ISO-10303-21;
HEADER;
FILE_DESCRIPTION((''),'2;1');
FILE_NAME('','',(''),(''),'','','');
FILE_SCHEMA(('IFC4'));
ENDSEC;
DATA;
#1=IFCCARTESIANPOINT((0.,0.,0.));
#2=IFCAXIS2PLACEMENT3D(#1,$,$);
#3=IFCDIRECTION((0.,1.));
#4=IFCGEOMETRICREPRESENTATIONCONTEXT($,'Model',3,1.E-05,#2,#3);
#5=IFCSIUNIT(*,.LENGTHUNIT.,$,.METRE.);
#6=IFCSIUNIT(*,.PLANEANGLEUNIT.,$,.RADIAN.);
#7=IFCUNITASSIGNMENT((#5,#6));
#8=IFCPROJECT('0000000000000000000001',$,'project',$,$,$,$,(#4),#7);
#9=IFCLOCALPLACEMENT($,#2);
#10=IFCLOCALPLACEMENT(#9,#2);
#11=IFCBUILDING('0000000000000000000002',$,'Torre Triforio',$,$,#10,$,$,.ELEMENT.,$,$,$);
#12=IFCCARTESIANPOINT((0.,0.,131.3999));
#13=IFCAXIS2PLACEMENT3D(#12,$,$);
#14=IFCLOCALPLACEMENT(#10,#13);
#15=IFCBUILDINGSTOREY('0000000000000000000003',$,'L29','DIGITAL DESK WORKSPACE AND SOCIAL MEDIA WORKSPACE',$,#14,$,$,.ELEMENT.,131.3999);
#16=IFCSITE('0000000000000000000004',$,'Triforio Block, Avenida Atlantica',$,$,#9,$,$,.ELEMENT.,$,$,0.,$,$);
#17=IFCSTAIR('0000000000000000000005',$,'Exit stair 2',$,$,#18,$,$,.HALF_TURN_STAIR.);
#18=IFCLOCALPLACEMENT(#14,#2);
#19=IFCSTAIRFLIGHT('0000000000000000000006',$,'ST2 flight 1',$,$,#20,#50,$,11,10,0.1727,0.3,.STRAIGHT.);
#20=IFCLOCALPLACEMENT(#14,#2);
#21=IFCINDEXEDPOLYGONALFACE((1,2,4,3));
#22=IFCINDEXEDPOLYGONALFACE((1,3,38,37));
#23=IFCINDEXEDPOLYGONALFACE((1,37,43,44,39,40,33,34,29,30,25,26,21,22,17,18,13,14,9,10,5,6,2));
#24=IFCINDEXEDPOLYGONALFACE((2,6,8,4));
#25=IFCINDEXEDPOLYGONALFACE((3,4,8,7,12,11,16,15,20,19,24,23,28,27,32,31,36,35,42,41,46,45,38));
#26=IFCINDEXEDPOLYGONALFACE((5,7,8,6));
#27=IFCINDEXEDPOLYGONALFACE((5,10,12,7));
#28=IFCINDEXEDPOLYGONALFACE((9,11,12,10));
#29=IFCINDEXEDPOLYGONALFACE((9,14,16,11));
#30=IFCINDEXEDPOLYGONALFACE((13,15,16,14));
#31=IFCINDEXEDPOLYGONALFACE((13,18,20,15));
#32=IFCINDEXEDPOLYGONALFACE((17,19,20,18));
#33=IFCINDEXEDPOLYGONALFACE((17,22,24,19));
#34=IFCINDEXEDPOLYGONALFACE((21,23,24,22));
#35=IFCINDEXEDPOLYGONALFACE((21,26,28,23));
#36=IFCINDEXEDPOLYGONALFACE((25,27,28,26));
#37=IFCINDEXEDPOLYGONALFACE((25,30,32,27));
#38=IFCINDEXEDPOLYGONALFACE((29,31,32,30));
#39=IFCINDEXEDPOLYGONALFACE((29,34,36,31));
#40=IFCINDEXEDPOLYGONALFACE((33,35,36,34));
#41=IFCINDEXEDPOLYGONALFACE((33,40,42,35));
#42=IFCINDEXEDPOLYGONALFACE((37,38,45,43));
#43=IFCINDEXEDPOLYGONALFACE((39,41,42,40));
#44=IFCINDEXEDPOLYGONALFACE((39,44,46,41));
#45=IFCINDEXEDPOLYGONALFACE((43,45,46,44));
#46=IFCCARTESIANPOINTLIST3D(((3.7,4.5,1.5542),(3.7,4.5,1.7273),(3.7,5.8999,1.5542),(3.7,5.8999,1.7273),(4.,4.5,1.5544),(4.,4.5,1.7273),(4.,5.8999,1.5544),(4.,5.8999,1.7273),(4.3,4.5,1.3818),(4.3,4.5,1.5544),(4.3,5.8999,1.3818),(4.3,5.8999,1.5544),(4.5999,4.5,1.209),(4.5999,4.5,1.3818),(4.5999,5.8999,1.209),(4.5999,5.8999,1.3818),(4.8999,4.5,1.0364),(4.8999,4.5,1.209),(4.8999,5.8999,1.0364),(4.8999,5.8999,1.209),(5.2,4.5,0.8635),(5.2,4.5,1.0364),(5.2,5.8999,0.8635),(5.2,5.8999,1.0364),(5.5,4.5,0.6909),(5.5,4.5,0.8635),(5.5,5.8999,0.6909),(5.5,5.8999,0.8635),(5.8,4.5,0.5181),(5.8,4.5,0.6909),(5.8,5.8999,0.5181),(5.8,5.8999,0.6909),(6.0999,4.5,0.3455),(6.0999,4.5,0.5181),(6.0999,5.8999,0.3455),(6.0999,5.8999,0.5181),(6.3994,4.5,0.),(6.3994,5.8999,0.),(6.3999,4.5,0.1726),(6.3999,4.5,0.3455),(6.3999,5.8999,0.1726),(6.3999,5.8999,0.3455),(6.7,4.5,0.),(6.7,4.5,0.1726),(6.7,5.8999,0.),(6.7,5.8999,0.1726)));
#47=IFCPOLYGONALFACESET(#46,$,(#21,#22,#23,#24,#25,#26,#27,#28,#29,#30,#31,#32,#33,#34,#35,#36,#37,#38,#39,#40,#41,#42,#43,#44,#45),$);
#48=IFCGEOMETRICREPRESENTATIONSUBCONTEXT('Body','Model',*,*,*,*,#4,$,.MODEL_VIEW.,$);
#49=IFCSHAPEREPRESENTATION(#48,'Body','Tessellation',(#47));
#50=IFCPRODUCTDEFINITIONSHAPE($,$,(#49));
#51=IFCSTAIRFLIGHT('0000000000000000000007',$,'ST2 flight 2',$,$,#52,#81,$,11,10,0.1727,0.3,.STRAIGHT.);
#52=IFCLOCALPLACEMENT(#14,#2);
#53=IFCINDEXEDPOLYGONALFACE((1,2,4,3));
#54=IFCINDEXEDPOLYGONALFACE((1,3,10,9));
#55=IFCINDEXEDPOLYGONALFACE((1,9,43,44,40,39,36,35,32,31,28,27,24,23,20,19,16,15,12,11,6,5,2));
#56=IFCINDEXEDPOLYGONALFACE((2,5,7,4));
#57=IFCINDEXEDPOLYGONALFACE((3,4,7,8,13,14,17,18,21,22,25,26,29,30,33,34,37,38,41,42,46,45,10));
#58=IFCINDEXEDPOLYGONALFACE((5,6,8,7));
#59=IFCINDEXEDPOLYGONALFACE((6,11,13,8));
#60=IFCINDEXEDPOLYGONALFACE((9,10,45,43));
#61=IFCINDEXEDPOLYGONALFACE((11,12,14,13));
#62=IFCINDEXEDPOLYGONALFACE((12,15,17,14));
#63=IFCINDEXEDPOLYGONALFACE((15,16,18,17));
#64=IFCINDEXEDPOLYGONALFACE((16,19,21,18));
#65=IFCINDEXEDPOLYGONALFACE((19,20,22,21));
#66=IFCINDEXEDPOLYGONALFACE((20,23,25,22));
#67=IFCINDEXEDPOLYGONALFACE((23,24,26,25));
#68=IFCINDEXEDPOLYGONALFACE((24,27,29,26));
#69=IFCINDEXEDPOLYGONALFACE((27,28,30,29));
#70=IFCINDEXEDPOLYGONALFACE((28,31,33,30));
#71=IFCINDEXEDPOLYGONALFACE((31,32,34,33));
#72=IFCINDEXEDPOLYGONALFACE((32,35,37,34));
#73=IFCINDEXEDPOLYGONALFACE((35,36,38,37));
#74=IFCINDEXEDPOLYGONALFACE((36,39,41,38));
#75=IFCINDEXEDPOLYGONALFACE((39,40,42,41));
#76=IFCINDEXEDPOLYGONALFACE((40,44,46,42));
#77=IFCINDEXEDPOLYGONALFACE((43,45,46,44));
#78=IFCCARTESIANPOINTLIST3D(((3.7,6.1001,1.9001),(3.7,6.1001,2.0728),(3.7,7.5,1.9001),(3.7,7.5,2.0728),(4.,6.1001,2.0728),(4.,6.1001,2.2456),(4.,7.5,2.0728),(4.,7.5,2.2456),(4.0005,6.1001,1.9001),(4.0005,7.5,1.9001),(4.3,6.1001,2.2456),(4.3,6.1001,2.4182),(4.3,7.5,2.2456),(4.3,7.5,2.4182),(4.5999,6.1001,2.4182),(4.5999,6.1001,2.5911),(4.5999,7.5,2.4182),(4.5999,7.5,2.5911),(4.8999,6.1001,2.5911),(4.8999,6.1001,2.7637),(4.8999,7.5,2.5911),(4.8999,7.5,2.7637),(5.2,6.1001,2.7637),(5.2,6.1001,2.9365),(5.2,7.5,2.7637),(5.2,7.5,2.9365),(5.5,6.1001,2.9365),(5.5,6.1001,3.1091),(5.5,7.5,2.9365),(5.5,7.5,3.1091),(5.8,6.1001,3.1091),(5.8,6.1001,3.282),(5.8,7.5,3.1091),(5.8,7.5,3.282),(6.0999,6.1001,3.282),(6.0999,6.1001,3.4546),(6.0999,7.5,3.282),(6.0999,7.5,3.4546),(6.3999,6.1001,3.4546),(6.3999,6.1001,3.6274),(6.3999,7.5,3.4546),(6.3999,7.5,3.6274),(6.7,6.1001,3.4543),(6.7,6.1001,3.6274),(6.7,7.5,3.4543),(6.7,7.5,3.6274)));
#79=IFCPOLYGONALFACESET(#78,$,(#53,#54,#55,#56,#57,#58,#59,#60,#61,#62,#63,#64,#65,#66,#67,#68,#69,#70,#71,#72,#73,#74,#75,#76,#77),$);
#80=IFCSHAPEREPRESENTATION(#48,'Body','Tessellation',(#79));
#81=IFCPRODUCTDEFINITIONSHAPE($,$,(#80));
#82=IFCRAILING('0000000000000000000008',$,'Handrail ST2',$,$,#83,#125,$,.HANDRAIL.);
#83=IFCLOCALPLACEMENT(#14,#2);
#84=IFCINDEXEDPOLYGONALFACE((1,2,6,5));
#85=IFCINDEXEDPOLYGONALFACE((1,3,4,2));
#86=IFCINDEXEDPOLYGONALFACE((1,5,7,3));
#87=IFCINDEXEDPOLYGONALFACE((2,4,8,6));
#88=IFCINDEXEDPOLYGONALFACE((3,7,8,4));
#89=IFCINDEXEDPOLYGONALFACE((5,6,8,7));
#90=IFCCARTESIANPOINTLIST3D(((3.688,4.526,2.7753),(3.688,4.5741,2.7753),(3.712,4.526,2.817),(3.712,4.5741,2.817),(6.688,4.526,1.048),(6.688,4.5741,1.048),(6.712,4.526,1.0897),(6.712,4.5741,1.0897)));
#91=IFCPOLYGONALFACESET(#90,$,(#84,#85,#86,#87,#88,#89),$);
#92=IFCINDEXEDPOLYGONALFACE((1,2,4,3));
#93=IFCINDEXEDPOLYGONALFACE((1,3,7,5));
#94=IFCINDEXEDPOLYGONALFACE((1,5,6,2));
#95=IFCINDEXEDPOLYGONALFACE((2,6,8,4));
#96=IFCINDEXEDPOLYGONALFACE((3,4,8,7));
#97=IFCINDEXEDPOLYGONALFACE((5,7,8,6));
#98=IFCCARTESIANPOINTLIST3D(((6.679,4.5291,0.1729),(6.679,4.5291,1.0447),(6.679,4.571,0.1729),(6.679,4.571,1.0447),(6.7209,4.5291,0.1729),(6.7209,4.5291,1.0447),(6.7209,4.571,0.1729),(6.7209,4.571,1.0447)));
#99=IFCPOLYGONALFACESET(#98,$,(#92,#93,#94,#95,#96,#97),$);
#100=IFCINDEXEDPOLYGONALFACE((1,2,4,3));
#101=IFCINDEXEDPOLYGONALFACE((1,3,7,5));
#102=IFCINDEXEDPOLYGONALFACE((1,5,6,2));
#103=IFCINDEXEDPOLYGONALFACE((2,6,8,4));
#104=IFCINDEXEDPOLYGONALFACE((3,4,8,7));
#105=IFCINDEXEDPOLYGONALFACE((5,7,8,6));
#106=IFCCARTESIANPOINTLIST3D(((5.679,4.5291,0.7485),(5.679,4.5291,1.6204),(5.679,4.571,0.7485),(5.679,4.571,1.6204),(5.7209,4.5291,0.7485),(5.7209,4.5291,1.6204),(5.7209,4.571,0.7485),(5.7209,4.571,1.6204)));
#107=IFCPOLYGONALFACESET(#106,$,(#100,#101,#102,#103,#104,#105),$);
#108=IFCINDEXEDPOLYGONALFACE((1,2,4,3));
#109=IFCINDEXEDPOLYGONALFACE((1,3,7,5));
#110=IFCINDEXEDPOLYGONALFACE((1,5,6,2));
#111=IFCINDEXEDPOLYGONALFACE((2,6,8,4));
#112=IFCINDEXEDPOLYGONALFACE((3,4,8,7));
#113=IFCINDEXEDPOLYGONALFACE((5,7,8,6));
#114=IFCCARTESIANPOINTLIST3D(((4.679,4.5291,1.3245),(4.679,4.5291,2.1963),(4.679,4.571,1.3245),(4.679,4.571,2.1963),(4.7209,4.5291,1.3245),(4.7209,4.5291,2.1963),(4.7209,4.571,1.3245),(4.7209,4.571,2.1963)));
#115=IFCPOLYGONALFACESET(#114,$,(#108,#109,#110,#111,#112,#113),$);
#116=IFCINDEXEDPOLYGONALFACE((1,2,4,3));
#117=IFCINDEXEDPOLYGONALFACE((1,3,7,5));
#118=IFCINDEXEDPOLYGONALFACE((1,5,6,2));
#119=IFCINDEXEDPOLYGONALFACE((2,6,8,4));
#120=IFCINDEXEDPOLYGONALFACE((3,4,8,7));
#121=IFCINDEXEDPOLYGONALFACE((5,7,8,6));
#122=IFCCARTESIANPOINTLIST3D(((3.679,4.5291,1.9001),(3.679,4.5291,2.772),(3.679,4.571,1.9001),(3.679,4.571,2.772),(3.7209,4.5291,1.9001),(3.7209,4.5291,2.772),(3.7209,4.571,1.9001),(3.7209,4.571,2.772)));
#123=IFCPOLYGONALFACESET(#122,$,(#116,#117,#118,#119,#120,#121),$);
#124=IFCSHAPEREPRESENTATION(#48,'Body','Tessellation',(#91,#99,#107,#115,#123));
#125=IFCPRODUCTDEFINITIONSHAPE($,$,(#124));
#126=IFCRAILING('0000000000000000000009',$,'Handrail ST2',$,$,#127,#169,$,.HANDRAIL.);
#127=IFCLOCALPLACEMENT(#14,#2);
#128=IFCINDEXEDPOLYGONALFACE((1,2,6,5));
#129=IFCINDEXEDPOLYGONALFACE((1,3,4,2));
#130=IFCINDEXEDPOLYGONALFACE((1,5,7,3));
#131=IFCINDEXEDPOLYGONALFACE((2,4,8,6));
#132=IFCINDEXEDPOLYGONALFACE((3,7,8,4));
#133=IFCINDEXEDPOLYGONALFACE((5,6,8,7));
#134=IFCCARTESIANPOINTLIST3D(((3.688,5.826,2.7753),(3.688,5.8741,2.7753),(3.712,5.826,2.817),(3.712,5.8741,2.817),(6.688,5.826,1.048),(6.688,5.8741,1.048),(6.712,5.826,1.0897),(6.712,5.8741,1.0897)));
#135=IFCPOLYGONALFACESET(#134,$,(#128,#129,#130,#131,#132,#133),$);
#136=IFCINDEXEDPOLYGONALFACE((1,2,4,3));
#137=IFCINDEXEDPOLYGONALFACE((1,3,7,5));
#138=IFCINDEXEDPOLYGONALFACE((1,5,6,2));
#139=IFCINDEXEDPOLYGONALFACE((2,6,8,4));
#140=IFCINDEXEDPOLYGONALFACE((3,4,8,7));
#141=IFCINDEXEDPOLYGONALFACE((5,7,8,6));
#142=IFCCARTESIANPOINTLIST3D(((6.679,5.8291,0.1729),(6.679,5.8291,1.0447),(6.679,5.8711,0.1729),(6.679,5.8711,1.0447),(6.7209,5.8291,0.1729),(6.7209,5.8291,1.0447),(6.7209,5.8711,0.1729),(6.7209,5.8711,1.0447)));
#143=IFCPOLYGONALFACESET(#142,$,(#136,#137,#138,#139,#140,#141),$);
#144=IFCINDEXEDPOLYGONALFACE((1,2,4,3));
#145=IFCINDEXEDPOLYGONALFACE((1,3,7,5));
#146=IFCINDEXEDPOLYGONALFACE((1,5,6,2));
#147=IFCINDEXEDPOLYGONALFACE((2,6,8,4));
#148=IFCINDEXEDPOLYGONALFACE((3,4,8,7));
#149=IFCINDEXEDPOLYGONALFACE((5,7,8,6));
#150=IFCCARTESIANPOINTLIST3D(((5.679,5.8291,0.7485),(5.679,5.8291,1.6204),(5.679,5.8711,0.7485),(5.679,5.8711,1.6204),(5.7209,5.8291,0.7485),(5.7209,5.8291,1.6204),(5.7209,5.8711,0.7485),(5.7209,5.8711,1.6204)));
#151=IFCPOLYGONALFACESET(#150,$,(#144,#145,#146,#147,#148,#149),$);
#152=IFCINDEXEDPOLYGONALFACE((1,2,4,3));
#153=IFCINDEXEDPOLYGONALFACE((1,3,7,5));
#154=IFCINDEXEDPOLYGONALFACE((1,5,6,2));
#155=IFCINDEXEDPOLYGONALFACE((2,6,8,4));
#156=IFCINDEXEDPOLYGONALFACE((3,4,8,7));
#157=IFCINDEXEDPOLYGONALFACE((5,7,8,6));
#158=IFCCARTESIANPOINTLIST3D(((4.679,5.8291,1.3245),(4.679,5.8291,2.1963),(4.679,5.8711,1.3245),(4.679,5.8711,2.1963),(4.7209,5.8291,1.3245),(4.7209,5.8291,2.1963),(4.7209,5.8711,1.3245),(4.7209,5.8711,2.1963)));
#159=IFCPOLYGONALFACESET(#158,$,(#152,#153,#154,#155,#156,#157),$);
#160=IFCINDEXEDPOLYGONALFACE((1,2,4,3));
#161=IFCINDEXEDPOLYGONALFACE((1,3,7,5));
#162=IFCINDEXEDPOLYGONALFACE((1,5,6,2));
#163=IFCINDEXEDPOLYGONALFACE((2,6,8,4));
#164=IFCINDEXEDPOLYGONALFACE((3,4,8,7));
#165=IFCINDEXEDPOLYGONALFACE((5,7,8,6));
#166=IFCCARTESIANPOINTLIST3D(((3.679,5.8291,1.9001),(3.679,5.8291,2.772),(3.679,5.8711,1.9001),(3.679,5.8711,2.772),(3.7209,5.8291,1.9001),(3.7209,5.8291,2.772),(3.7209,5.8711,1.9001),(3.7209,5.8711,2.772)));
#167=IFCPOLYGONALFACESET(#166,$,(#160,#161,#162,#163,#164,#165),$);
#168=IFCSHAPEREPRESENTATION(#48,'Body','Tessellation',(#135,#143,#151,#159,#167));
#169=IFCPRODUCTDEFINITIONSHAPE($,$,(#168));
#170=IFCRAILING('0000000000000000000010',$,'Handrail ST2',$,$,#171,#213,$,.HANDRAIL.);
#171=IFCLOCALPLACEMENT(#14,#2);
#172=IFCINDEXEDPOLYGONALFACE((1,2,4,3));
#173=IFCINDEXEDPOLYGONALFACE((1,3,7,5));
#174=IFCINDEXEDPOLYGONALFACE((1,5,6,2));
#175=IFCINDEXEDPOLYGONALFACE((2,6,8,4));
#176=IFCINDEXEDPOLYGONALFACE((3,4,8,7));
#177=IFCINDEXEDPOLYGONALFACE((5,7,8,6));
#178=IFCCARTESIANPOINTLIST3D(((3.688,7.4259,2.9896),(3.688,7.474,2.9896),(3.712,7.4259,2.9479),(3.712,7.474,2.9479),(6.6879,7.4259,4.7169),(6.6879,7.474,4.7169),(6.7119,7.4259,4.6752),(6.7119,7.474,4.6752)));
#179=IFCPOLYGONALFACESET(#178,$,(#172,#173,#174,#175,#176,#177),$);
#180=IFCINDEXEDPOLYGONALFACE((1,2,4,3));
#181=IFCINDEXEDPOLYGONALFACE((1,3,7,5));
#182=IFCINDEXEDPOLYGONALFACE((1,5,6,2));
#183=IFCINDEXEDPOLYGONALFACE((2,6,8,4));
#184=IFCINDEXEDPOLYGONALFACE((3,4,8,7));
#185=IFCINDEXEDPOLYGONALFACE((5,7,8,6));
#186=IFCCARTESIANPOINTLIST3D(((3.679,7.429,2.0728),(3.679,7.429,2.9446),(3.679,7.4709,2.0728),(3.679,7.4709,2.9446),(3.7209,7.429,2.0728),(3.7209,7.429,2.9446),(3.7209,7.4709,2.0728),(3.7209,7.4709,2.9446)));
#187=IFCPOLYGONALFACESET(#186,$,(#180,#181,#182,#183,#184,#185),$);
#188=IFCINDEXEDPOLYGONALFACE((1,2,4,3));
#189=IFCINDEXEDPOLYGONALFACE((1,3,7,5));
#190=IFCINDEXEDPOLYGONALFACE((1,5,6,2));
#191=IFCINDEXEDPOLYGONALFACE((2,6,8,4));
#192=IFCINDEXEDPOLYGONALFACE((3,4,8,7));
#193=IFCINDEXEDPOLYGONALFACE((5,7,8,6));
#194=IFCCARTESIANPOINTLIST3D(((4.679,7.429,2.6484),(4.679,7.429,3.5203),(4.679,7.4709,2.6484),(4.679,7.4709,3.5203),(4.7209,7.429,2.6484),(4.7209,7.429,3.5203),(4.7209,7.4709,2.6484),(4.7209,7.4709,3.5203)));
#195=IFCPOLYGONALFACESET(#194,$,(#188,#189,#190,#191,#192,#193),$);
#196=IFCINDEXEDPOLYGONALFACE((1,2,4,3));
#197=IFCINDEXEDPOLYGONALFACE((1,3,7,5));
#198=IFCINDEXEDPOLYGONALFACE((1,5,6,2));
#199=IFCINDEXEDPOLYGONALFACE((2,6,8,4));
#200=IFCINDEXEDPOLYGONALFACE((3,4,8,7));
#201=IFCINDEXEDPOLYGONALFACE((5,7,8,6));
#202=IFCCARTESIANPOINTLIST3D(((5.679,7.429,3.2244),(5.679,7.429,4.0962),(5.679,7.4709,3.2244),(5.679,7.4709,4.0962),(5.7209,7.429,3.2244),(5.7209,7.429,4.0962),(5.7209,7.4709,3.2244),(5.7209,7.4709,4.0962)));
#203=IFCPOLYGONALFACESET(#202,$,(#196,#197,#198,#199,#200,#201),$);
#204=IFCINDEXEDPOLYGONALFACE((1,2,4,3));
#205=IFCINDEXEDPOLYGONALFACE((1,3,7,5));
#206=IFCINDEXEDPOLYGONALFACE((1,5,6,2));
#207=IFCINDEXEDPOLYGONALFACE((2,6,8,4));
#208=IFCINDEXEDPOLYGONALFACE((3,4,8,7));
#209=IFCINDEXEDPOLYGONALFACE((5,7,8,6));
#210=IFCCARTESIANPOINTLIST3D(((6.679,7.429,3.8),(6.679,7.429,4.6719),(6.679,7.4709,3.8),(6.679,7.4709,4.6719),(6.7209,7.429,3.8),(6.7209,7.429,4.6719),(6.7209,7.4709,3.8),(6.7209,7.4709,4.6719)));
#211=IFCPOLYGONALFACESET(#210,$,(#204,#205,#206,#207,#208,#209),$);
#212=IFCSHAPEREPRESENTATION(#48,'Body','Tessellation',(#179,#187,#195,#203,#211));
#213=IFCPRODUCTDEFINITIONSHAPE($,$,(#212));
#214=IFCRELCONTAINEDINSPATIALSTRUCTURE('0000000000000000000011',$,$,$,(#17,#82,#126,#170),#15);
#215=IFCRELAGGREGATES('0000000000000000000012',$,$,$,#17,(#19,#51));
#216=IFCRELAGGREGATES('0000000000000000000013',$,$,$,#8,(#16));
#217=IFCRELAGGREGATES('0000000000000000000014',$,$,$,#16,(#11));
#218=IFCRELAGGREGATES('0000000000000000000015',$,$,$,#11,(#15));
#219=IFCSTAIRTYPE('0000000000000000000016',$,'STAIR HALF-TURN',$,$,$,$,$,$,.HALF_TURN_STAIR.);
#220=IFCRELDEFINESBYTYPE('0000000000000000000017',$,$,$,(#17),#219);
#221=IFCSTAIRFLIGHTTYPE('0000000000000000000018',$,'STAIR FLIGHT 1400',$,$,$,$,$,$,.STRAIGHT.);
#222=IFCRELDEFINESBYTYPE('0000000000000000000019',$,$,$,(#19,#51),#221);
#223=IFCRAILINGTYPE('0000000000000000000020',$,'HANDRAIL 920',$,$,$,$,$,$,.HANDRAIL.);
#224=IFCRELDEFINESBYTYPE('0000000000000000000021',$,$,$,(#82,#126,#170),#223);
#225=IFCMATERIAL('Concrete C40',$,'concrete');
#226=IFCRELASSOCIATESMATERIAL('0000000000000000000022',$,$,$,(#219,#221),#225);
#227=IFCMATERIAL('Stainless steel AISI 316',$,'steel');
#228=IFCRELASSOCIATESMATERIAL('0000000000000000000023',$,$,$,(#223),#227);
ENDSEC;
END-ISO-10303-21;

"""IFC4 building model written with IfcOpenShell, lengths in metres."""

from ifc_helpers import new_model, si_unit, direction, frame, origin, origin_2d, place, context, subcontext, project, spatial, polyline, rectangle, outline, extrude, material, type_object, element, aggregate, save


model = new_model("IFC4")

# Units and contexts
model_context = context("Model", 3, precision=1e-05, world=origin(), true_north=direction((0.0, 1.0)))
body_context = subcontext(model_context, "Body", "Model", "MODEL_VIEW")
ifc_project = project(units=[si_unit("LENGTHUNIT", "METRE"), si_unit("PLANEANGLEUNIT", "RADIAN")], contexts=[model_context])

# Site, building, storey
site_placement = place(None, origin())
site = spatial("IfcSite", under=ifc_project, at=site_placement, Name="Triforio Block, Avenida Atlantica", CompositionType="ELEMENT", RefElevation=0.0)
building_placement = place(site_placement, origin())
building = spatial("IfcBuilding", under=site, at=building_placement, Name="Torre Triforio", CompositionType="ELEMENT")
storey_placement = place(building_placement, frame((0.0, 0.0, 131.3999)))
storey = spatial("IfcBuildingStorey", under=building, at=storey_placement, Name="L29", Description="DIGITAL DESK WORKSPACE AND SOCIAL MEDIA WORKSPACE", CompositionType="ELEMENT", Elevation=131.3999)

# Stair, stair flights
ifc_material_1 = material(Name="Concrete C40", Category="concrete")
stair_type = type_object("IfcStairType", Name="STAIR HALF-TURN", PredefinedType="HALF_TURN_STAIR", material=ifc_material_1)
stair_placement = place(storey_placement, origin())
stair = element("IfcStair", 1, at=stair_placement, inside=storey, type_object=stair_type, Name="Exit stair 2", PredefinedType="HALF_TURN_STAIR")
stair_flight_type = type_object("IfcStairFlightType", Name="STAIR FLIGHT 1400", PredefinedType="STRAIGHT", material=ifc_material_1)
stair_flight_1_placement = place(storey_placement, frame((6.7, 5.2, 0.0), z_axis=(0.0, 0.0, 1.0), x_axis=(-1.0, 0.0, 0.0)))
stair_flight_1 = element("IfcStairFlight", 2, at=stair_flight_1_placement, type_object=stair_flight_type, Name="ST2 flight 1", NumberOfRisers=11, NumberOfTreads=10, PredefinedType="STRAIGHT", RiserHeight=0.1727, TreadLength=0.3, context=body_context, shape_type="SweptSolid", body=[
    extrude(outline(polyline([(0.0, 0.0), (0.0, 0.1726), (0.3, 0.1726), (0.3, 0.3455), (0.6001, 0.3455), (0.6001, 0.5181), (0.8999, 0.5181), (0.8999, 0.6909), (1.2, 0.6909), (1.2, 0.8635), (1.5, 0.8635), (1.5, 1.0364), (1.8, 1.0364), (1.8, 1.209), (2.1001, 1.209), (2.1001, 1.3818), (2.3999, 1.3818), (2.3999, 1.5544), (2.7, 1.5544), (2.7, 1.7273), (3.0, 1.7273), (3.0, 1.8999), (3.0, 1.5542), (0.3005, 0.0), (0.0, 0.0)])), frame((0.0, 0.7, 0.0), z_axis=(0.0, -1.0, 0.0), x_axis=(1.0, 0.0, 0.0)), (0.0, 0.0, 1.0), 1.3999),
])
stair_flight_2_placement = place(storey_placement, frame((3.7, 6.8, 1.9001), z_axis=(0.0, 0.0, 1.0), x_axis=(1.0, 0.0, 0.0)))
stair_flight_2 = element("IfcStairFlight", 3, at=stair_flight_2_placement, type_object=stair_flight_type, Name="ST2 flight 2", NumberOfRisers=11, NumberOfTreads=10, PredefinedType="STRAIGHT", RiserHeight=0.1727, TreadLength=0.3, context=body_context, shape_type="SweptSolid", body=[
    extrude(outline(polyline([(0.0, 0.0), (0.0, 0.1726), (0.3, 0.1726), (0.3, 0.3455), (0.6001, 0.3455), (0.6001, 0.5181), (0.8999, 0.5181), (0.8999, 0.6909), (1.2, 0.6909), (1.2, 0.8635), (1.5, 0.8635), (1.5, 1.0364), (1.8, 1.0364), (1.8, 1.209), (2.1001, 1.209), (2.1001, 1.3818), (2.3999, 1.3818), (2.3999, 1.5544), (2.7, 1.5544), (2.7, 1.7273), (3.0, 1.7273), (3.0, 1.8999), (3.0, 1.5542), (0.3005, 0.0), (0.0, 0.0)])), frame((0.0, 0.7, 0.0), z_axis=(0.0, -1.0, 0.0), x_axis=(1.0, 0.0, 0.0)), (0.0, 0.0, 1.0), 1.3999),
])
aggregate(stair, [stair_flight_1, stair_flight_2])

# Railings
ifc_material_2 = material(Name="Stainless steel AISI 316", Category="steel")
railing_type = type_object("IfcRailingType", Name="HANDRAIL 920", PredefinedType="HANDRAIL", material=ifc_material_2)
for number, where, name in (
    (4, (6.7, 4.55, 0.1729), "Handrail ST2"),
    (5, (6.7, 5.8501, 0.1729), "Handrail ST2"),
):
    element("IfcRailing", number, at=place(storey_placement, frame(where)), inside=storey, type_object=railing_type, Name=name, PredefinedType="HANDRAIL", context=body_context, shape_type="SweptSolid", body=[
        extrude(rectangle(XDim=0.0481, YDim=0.0481, at=origin_2d()), frame((0.0, 0.0, 0.896), z_axis=(-0.86662, 0.0, 0.498969), x_axis=(0.0, -1.0, 0.0)), (0.0, 0.0, 1.0), 3.4617),
        extrude(rectangle(XDim=0.042, YDim=0.042, at=origin_2d()), origin(), (0.0, 0.0, 1.0), 0.8718),
        extrude(rectangle(XDim=0.042, YDim=0.042, at=origin_2d()), frame((-1.0, 0.0, 0.5757)), (0.0, 0.0, 1.0), 0.8718),
        extrude(rectangle(XDim=0.042, YDim=0.042, at=origin_2d()), frame((-2.0, 0.0, 1.1516)), (0.0, 0.0, 1.0), 0.8718),
        extrude(rectangle(XDim=0.042, YDim=0.042, at=origin_2d()), frame((-3.0, 0.0, 1.7273)), (0.0, 0.0, 1.0), 0.8718),
    ])
for number, where, name in (
    (6, (3.7, 7.45, 2.0728), "Handrail ST2"),
):
    element("IfcRailing", number, at=place(storey_placement, frame(where)), inside=storey, type_object=railing_type, Name=name, PredefinedType="HANDRAIL", context=body_context, shape_type="SweptSolid", body=[
        extrude(rectangle(XDim=0.0481, YDim=0.0481, at=origin_2d()), frame((0.0, 0.0, 0.896), z_axis=(0.86662, 0.0, 0.498969), x_axis=(0.0, 1.0, 0.0)), (0.0, 0.0, 1.0), 3.4617),
        extrude(rectangle(XDim=0.042, YDim=0.042, at=origin_2d()), origin(), (0.0, 0.0, 1.0), 0.8718),
        extrude(rectangle(XDim=0.042, YDim=0.042, at=origin_2d()), frame((1.0, 0.0, 0.5757)), (0.0, 0.0, 1.0), 0.8718),
        extrude(rectangle(XDim=0.042, YDim=0.042, at=origin_2d()), frame((2.0, 0.0, 1.1516)), (0.0, 0.0, 1.0), 0.8718),
        extrude(rectangle(XDim=0.042, YDim=0.042, at=origin_2d()), frame((3.0, 0.0, 1.7273)), (0.0, 0.0, 1.0), 0.8718),
    ])

save(model, "model.ifc")
